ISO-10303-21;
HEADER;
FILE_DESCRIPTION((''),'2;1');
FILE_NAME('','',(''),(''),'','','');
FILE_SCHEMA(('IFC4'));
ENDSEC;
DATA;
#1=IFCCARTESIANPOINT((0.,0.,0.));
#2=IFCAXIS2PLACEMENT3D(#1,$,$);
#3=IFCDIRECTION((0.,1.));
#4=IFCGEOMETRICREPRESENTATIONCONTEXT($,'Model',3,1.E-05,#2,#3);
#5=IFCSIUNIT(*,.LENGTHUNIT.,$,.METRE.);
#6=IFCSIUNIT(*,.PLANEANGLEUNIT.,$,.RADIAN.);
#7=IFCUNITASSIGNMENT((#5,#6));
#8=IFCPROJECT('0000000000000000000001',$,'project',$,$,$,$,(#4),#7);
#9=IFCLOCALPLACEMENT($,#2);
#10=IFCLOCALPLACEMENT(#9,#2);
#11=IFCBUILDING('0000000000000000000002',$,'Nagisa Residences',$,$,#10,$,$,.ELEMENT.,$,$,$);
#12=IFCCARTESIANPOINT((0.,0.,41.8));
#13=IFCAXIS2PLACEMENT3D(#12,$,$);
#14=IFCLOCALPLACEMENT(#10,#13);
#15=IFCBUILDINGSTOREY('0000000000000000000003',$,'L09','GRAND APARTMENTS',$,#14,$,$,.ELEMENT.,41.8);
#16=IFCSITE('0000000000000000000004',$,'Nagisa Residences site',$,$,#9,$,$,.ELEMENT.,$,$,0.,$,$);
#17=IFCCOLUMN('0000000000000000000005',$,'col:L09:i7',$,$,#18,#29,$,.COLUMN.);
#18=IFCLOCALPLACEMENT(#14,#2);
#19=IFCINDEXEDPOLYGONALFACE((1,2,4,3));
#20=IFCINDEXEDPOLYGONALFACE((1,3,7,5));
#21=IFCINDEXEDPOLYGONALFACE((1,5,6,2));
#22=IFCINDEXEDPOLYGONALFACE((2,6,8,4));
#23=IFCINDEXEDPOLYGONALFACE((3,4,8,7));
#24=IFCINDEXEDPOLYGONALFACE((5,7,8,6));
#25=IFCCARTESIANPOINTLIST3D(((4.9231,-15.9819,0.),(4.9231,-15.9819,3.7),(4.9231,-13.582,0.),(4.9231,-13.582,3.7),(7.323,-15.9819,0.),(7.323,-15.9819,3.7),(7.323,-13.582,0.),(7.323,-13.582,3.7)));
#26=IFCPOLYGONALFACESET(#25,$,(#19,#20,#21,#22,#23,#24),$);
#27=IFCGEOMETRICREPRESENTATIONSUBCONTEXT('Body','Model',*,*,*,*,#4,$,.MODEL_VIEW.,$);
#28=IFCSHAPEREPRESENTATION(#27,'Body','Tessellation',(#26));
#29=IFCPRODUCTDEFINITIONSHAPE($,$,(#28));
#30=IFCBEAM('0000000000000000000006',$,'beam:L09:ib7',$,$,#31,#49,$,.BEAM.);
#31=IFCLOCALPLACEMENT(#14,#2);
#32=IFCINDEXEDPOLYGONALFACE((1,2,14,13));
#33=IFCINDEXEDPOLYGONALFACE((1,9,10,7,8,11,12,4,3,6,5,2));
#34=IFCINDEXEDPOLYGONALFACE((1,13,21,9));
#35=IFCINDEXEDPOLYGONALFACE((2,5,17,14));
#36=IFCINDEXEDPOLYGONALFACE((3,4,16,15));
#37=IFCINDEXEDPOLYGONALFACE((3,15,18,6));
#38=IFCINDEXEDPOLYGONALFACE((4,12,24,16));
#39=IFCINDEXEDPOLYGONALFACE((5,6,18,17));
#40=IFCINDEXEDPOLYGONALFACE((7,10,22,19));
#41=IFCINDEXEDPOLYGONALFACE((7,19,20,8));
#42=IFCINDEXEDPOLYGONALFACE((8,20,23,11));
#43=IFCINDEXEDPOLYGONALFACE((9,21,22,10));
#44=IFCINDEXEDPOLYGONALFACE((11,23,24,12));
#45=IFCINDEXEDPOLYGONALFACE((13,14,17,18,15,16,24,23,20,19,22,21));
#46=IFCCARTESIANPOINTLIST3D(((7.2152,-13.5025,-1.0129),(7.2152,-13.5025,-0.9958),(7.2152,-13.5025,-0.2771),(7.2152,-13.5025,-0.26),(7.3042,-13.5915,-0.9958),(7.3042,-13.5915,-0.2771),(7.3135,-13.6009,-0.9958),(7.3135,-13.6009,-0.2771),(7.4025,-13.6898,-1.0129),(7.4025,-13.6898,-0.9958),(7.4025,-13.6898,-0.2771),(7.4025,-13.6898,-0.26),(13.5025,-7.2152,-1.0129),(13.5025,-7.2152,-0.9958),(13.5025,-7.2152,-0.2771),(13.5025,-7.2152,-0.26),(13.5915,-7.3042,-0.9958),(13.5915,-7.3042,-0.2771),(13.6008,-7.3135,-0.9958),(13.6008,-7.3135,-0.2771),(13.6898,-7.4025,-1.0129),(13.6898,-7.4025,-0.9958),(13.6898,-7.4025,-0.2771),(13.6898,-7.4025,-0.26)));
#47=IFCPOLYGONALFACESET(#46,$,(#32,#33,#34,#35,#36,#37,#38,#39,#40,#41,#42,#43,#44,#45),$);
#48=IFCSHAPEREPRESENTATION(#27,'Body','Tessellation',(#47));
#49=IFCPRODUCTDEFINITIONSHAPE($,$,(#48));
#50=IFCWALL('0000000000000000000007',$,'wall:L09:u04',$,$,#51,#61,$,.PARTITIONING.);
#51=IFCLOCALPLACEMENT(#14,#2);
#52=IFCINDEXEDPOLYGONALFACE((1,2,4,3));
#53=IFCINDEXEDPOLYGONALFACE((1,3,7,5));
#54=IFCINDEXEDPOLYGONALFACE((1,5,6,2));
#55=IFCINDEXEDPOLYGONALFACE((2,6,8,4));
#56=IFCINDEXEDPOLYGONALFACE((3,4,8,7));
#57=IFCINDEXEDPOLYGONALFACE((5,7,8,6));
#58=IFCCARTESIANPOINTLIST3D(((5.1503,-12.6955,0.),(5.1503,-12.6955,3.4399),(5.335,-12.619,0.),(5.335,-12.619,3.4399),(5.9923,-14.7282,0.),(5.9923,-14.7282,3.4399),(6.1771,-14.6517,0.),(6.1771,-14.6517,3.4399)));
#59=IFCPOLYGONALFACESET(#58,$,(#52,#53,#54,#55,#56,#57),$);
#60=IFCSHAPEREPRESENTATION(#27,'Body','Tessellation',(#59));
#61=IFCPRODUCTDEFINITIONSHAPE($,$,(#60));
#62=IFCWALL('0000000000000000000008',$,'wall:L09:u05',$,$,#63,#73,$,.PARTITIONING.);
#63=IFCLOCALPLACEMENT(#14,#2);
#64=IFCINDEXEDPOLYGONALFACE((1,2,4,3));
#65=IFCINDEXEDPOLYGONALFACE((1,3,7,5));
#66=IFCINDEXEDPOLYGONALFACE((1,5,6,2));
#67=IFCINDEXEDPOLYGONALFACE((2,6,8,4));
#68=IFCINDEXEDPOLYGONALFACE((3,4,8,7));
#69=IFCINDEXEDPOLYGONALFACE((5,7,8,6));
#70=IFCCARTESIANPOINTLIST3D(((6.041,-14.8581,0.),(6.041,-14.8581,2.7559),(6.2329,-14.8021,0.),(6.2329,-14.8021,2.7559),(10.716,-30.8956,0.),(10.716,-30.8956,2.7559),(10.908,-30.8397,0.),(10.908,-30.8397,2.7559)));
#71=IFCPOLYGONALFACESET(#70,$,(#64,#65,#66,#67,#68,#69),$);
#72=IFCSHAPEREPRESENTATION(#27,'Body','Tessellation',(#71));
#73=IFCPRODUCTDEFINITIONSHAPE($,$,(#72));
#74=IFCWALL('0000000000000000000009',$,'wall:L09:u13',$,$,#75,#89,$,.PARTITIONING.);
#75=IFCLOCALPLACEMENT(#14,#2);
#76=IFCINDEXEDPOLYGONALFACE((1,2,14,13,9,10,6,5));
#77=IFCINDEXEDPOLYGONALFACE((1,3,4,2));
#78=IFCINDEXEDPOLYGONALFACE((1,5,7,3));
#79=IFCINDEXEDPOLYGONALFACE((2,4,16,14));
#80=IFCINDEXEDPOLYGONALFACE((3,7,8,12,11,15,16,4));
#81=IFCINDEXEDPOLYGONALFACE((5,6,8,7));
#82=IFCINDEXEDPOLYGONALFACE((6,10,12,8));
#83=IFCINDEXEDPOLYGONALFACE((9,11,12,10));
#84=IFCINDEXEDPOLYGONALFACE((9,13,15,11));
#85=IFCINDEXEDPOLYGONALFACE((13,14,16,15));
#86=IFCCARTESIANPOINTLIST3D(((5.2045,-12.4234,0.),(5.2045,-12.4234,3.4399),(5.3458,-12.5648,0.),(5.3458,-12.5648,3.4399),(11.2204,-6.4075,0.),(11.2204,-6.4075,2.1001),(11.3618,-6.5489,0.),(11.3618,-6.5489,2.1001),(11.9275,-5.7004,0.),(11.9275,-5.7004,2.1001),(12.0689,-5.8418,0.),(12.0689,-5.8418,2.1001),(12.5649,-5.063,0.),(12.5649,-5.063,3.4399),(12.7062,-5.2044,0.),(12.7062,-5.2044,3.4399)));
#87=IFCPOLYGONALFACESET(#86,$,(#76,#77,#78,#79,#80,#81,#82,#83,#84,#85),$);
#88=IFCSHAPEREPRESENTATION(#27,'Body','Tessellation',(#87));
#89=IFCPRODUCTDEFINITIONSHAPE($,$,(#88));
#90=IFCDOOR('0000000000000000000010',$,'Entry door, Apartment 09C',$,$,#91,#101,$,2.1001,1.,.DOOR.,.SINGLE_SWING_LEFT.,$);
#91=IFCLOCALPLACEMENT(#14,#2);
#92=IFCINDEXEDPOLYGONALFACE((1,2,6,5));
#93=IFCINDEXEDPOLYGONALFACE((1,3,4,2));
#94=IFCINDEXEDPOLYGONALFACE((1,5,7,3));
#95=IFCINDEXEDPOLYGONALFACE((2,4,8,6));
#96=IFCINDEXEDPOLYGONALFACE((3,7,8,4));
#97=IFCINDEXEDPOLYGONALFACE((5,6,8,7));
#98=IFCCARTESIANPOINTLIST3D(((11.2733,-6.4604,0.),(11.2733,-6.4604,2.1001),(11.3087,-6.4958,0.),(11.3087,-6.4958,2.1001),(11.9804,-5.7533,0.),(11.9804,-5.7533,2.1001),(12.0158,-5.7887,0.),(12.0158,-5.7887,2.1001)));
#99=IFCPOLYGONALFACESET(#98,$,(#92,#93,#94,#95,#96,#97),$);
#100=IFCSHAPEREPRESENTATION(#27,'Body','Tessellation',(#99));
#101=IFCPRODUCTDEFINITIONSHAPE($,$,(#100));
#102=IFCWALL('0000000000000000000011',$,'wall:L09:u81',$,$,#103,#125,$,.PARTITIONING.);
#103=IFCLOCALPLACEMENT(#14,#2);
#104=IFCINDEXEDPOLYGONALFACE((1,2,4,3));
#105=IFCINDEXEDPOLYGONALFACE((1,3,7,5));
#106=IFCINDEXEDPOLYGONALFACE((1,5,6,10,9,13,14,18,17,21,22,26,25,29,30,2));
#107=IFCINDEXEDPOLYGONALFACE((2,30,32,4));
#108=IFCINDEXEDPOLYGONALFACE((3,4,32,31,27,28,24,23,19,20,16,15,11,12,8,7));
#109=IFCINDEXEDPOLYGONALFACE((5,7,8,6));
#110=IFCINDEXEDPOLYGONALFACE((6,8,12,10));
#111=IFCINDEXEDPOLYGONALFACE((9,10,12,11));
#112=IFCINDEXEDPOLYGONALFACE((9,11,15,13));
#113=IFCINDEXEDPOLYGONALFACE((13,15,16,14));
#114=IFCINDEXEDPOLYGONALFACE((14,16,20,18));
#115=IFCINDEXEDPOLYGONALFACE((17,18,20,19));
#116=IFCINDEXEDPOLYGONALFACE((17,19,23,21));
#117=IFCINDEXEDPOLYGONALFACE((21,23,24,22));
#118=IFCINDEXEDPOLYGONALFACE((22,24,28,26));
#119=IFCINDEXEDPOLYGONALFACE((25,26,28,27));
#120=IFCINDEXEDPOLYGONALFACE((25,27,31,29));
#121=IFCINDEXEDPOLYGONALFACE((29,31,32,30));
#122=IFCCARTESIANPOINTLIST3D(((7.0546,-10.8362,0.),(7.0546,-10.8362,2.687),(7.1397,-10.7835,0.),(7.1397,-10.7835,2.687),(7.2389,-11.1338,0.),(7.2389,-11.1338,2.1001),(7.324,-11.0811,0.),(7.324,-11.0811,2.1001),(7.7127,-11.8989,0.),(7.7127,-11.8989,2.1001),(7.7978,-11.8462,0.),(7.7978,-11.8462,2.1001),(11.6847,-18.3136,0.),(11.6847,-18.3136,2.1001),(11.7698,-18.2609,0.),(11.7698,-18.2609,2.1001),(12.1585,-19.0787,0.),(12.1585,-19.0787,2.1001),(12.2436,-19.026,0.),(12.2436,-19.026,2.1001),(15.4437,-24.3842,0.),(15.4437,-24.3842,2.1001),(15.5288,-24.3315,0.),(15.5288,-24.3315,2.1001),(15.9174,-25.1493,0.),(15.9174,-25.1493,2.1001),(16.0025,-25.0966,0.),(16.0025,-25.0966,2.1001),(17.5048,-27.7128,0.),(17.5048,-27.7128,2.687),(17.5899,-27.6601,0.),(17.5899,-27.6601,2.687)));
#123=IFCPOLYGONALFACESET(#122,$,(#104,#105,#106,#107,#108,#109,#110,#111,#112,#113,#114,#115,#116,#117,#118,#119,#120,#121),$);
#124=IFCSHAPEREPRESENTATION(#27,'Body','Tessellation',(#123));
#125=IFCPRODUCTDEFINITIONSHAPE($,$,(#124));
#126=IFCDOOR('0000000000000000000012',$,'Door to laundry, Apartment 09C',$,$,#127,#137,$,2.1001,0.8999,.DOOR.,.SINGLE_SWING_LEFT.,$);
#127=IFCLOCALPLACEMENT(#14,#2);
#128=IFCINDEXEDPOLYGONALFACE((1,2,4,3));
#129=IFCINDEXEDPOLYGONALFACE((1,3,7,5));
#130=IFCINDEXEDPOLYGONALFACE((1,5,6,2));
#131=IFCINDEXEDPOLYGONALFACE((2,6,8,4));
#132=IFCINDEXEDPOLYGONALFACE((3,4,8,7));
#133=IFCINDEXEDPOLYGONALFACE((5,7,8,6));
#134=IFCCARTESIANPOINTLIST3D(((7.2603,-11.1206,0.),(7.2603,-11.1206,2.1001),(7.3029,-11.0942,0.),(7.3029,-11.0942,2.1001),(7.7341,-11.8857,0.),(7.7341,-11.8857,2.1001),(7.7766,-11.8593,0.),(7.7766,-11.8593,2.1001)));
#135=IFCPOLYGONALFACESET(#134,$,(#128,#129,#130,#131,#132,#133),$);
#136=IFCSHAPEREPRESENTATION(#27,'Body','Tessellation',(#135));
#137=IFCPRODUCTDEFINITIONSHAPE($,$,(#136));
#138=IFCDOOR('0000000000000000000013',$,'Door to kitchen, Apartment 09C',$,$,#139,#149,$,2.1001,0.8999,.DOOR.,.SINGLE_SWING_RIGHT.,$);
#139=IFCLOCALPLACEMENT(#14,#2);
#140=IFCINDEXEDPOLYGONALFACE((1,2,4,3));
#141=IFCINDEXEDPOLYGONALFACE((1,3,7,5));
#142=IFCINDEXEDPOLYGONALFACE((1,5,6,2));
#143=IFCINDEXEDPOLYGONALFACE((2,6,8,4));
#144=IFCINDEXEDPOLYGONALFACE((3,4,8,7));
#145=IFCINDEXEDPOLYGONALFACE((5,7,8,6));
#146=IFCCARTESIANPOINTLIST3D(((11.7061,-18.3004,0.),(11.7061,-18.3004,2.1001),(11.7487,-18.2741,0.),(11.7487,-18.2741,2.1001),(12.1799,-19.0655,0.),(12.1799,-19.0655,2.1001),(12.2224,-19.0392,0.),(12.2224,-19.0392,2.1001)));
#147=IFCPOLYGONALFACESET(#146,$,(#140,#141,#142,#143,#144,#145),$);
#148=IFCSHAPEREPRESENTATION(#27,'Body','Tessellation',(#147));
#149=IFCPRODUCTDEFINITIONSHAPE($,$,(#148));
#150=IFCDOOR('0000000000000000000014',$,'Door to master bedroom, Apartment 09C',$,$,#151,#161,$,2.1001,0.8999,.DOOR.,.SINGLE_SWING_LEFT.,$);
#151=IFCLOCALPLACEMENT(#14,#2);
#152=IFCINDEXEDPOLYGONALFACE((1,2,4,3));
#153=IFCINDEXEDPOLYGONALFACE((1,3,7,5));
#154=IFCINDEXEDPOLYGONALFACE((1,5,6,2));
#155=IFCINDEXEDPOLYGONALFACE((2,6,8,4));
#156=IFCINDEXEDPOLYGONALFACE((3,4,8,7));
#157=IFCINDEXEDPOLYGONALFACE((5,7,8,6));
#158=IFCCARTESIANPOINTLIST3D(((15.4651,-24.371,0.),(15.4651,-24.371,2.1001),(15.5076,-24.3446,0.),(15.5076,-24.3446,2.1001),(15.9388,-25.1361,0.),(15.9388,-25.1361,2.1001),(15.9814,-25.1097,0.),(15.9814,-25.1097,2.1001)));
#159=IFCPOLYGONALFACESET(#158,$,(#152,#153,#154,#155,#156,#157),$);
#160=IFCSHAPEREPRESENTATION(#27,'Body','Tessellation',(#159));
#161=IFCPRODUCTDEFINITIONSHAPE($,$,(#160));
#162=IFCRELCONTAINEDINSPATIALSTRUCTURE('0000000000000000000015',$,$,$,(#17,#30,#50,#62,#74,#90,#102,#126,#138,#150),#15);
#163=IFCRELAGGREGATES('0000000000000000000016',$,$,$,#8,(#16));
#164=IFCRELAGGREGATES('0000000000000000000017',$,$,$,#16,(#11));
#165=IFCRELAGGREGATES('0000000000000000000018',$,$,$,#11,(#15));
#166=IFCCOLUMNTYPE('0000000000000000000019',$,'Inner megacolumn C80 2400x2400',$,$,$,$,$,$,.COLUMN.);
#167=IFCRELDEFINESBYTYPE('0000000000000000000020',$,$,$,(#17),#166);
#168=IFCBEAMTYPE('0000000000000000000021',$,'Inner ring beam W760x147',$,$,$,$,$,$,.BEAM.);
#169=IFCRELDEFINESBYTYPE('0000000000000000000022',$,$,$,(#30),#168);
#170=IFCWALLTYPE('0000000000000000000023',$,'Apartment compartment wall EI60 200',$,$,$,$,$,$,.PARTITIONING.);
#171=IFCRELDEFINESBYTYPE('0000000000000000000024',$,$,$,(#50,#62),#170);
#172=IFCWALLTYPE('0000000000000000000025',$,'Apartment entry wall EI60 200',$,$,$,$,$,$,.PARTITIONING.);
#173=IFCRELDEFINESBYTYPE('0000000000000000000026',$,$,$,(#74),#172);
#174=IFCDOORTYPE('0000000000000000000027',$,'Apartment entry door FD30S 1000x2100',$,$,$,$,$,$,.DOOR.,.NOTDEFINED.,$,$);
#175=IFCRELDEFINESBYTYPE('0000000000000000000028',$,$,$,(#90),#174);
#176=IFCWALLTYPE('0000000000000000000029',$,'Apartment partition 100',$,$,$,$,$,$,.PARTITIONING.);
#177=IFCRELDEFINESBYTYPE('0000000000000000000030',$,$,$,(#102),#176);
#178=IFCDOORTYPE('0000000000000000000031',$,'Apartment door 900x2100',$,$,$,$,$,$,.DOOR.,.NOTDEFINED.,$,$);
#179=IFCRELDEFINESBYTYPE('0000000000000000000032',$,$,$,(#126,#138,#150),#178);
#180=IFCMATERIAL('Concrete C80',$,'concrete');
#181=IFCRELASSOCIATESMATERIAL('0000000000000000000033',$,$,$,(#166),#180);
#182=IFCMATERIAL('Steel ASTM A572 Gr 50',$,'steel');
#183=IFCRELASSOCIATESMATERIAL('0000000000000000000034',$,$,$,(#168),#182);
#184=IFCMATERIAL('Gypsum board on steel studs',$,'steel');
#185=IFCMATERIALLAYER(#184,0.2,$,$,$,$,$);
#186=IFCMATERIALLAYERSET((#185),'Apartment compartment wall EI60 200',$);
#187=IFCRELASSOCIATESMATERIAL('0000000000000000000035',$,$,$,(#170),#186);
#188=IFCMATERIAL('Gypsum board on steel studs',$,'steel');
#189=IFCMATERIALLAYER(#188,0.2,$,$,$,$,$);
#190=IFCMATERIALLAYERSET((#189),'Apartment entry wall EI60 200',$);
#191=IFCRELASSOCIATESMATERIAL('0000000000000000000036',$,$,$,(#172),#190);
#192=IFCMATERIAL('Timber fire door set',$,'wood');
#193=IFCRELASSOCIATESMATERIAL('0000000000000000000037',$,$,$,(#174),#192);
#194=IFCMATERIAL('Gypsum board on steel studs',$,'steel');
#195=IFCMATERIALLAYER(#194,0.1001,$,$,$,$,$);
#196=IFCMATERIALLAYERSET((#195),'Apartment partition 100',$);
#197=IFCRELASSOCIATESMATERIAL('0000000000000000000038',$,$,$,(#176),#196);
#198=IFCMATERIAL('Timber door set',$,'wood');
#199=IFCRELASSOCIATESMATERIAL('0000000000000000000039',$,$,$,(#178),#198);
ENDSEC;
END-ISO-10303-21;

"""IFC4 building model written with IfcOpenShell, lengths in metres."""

from ifc_helpers import new_model, si_unit, direction, frame, frame_2d, origin, origin_2d, place, context, subcontext, project, spatial, rectangle, i_section, extrude, material, layer, layer_set, material_profile, profile_set, type_object, element, fill, save


model = new_model("IFC4")

# Units and contexts
model_context = context("Model", 3, precision=1e-05, world=origin(), true_north=direction((0.0, 1.0)))
body_context = subcontext(model_context, "Body", "Model", "MODEL_VIEW")
ifc_project = project(units=[si_unit("LENGTHUNIT", "METRE"), si_unit("PLANEANGLEUNIT", "RADIAN")], contexts=[model_context])

# Site, building, storey
site_placement = place(None, origin())
site = spatial("IfcSite", under=ifc_project, at=site_placement, Name="Nagisa Residences site", CompositionType="ELEMENT", RefElevation=0.0)
building_placement = place(site_placement, origin())
building = spatial("IfcBuilding", under=site, at=building_placement, Name="Nagisa Residences", CompositionType="ELEMENT")
storey_placement = place(building_placement, frame((0.0, 0.0, 41.8)))
storey = spatial("IfcBuildingStorey", under=building, at=storey_placement, Name="L09", Description="GRAND APARTMENTS", CompositionType="ELEMENT", Elevation=41.8)

# Column
ifc_material_1 = material(Name="Concrete C80", Category="concrete")
ifc_material_profile_1 = material_profile(ifc_material_1, rectangle(XDim=2.3999, YDim=2.3999, at=origin_2d()), Name="C80 2400x2400")
ifc_profile_set_1 = profile_set([ifc_material_profile_1], Name="Concrete C80")
column_type = type_object("IfcColumnType", Name="Inner megacolumn C80 2400x2400", PredefinedType="COLUMN", material=ifc_profile_set_1)
column_placement = place(storey_placement, frame((6.123, -14.782, 0.0), z_axis=(0.0, 0.0, 1.0), x_axis=(1.0, 0.0, 0.0)))
element("IfcColumn", 1, at=column_placement, inside=storey, type_object=column_type, Name="col:L09:i7", PredefinedType="COLUMN", context=body_context, shape_type="SweptSolid", body=[
    extrude(rectangle(XDim=2.3999, YDim=2.3999, at=origin_2d()), origin(), (0.0, 0.0, 1.0), 3.7),
])

# Beam
ifc_material_2 = material(Name="Steel ASTM A572 Gr 50", Category="steel")
ifc_material_profile_2 = material_profile(ifc_material_2, i_section(OverallWidth=0.2649, OverallDepth=0.7529, WebThickness=0.0132, FlangeThickness=0.0171, at=origin_2d()), Name="W760x147")
ifc_profile_set_2 = profile_set([ifc_material_profile_2], Name="Steel ASTM A572 Gr 50")
beam_type = type_object("IfcBeamType", Name="Inner ring beam W760x147", PredefinedType="BEAM", material=ifc_profile_set_2)
beam_placement = place(storey_placement, frame((7.3088, -13.5962, -0.6365), z_axis=(0.707107, 0.707107, 0.0), x_axis=(-0.707107, 0.707107, 0.0)))
element("IfcBeam", 2, at=beam_placement, inside=storey, type_object=beam_type, Name="beam:L09:ib7", PredefinedType="BEAM", context=body_context, shape_type="SweptSolid", body=[
    extrude(i_section(OverallWidth=0.2649, OverallDepth=0.7529, WebThickness=0.0132, FlangeThickness=0.0171, at=origin_2d()), origin(), (0.0, 0.0, 1.0), 8.8916),
])

# Walls
ifc_material_3 = material(Name="Gypsum board on steel studs", Category="steel")
ifc_layer_1 = layer(ifc_material_3, 0.2)
ifc_layer_set_1 = layer_set([ifc_layer_1], Name="Apartment compartment wall EI60 200")
wall_type_1 = type_object("IfcWallType", Name="Apartment compartment wall EI60 200", PredefinedType="PARTITIONING", material=ifc_layer_set_1)
wall_1_placement = place(storey_placement, frame((5.2427, -12.6572, 0.0), z_axis=(0.0, 0.0, 1.0), x_axis=(0.382708, -0.923869, 0.0)))
element("IfcWall", 3, at=wall_1_placement, inside=storey, type_object=wall_type_1, Name="wall:L09:u04", PredefinedType="PARTITIONING", context=body_context, shape_type="SweptSolid", body=[
    extrude(rectangle(XDim=2.2002, YDim=0.2, at=frame_2d((1.1001, 0.0))), origin(), (0.0, 0.0, 1.0), 3.4399),
])
wall_2_placement = place(storey_placement, frame((6.137, -14.8301, 0.0), z_axis=(0.0, 0.0, 1.0), x_axis=(0.279857, -0.960042, 0.0)))
element("IfcWall", 4, at=wall_2_placement, inside=storey, type_object=wall_type_1, Name="wall:L09:u05", PredefinedType="PARTITIONING", context=body_context, shape_type="SweptSolid", body=[
    extrude(rectangle(XDim=16.7051, YDim=0.2, at=frame_2d((8.3525, 0.0))), origin(), (0.0, 0.0, 1.0), 2.7559),
])

# Wall, opening, door
ifc_material_4 = material(Name="Gypsum board on steel studs", Category="steel")
ifc_layer_2 = layer(ifc_material_4, 0.2)
ifc_layer_set_2 = layer_set([ifc_layer_2], Name="Apartment entry wall EI60 200")
wall_type_2 = type_object("IfcWallType", Name="Apartment entry wall EI60 200", PredefinedType="PARTITIONING", material=ifc_layer_set_2)
wall_3_placement = place(storey_placement, frame((5.2751, -12.4941, 0.0), z_axis=(0.0, 0.0, 1.0), x_axis=(0.707107, 0.707107, 0.0)))
wall_3 = element("IfcWall", 5, at=wall_3_placement, inside=storey, type_object=wall_type_2, Name="wall:L09:u13", PredefinedType="PARTITIONING", context=body_context, shape_type="SweptSolid", body=[
    extrude(rectangle(XDim=10.4092, YDim=0.2, at=frame_2d((5.2046, 0.0))), origin(), (0.0, 0.0, 1.0), 3.4399),
])
opening_1_placement = place(wall_3_placement, frame((8.5078, 0.0, 0.0)))
opening_1 = element("IfcOpeningElement", 6, at=opening_1_placement, cuts=wall_3, PredefinedType="OPENING", context=body_context, shape_type="SweptSolid", body=[
    extrude(rectangle(XDim=1.0, YDim=2.1001, at=frame_2d((0.5, 1.05))), frame((0.0, 0.1099, 0.0), z_axis=(0.0, -1.0, 0.0), x_axis=(1.0, 0.0, 0.0)), (0.0, 0.0, 1.0), 0.22),
])
ifc_material_5 = material(Name="Timber fire door set", Category="wood")
door_type_1 = type_object("IfcDoorType", Name="Apartment entry door FD30S 1000x2100", OperationType="NOTDEFINED", PredefinedType="DOOR", material=ifc_material_5)
door_1_placement = place(opening_1_placement, frame((1.0, 0.0, 0.0), x_axis=(-1.0, 0.0, 0.0)))
door_1 = element("IfcDoor", 7, at=door_1_placement, inside=storey, type_object=door_type_1, Name="Entry door, Apartment 09C", OperationType="SINGLE_SWING_LEFT", OverallHeight=2.1001, OverallWidth=1.0, PredefinedType="DOOR", context=body_context, shape_type="SweptSolid", body=[
    extrude(rectangle(XDim=1.0, YDim=2.1001, at=frame_2d((0.5, 1.05))), frame((0.0, 0.0249, 0.0), z_axis=(0.0, -1.0, 0.0), x_axis=(1.0, 0.0, 0.0)), (0.0, 0.0, 1.0), 0.05),
])
fill(opening_1, door_1)

# Wall, openings, doors
ifc_material_6 = material(Name="Gypsum board on steel studs", Category="steel")
ifc_layer_3 = layer(ifc_material_6, 0.1001)
ifc_layer_set_3 = layer_set([ifc_layer_3], Name="Apartment partition 100")
wall_type_3 = type_object("IfcWallType", Name="Apartment partition 100", PredefinedType="PARTITIONING", material=ifc_layer_set_3)
wall_4_placement = place(storey_placement, frame((7.0972, -10.8098, 0.0), z_axis=(0.0, 0.0, 1.0), x_axis=(0.526453, -0.850204, 0.0)))
wall_4 = element("IfcWall", 8, at=wall_4_placement, inside=storey, type_object=wall_type_3, Name="wall:L09:u81", PredefinedType="PARTITIONING", context=body_context, shape_type="SweptSolid", body=[
    extrude(rectangle(XDim=19.8501, YDim=0.1001, at=frame_2d((9.925, 0.0))), origin(), (0.0, 0.0, 1.0), 2.687),
])
opening_2_placement = place(wall_4_placement, frame((0.3501, 0.0, 0.0)))
opening_2 = element("IfcOpeningElement", 9, at=opening_2_placement, cuts=wall_4, PredefinedType="OPENING", context=body_context, shape_type="SweptSolid", body=[
    extrude(rectangle(XDim=0.8999, YDim=2.1001, at=frame_2d((0.45, 1.05))), frame((0.0, 0.0601, 0.0), z_axis=(0.0, -1.0, 0.0), x_axis=(1.0, 0.0, 0.0)), (0.0, 0.0, 1.0), 0.1201),
])
opening_3_placement = place(wall_4_placement, frame((8.7949, 0.0, 0.0)))
opening_3 = element("IfcOpeningElement", 10, at=opening_3_placement, cuts=wall_4, PredefinedType="OPENING", context=body_context, shape_type="SweptSolid", body=[
    extrude(rectangle(XDim=0.8999, YDim=2.1001, at=frame_2d((0.45, 1.05))), frame((0.0, 0.0601, 0.0), z_axis=(0.0, -1.0, 0.0), x_axis=(1.0, 0.0, 0.0)), (0.0, 0.0, 1.0), 0.1201),
])
opening_4_placement = place(wall_4_placement, frame((15.9351, 0.0, 0.0)))
opening_4 = element("IfcOpeningElement", 11, at=opening_4_placement, cuts=wall_4, PredefinedType="OPENING", context=body_context, shape_type="SweptSolid", body=[
    extrude(rectangle(XDim=0.8999, YDim=2.1001, at=frame_2d((0.45, 1.05))), frame((0.0, 0.0601, 0.0), z_axis=(0.0, -1.0, 0.0), x_axis=(1.0, 0.0, 0.0)), (0.0, 0.0, 1.0), 0.1201),
])
ifc_material_7 = material(Name="Timber door set", Category="wood")
door_type_2 = type_object("IfcDoorType", Name="Apartment door 900x2100", OperationType="NOTDEFINED", PredefinedType="DOOR", material=ifc_material_7)
door_2_placement = place(opening_2_placement, frame((0.8999, 0.0, 0.0), x_axis=(-1.0, 0.0, 0.0)))
door_2 = element("IfcDoor", 12, at=door_2_placement, inside=storey, type_object=door_type_2, Name="Door to laundry, Apartment 09C", OperationType="SINGLE_SWING_LEFT", OverallHeight=2.1001, OverallWidth=0.8999, PredefinedType="DOOR", context=body_context, shape_type="SweptSolid", body=[
    extrude(rectangle(XDim=0.8999, YDim=2.1001, at=frame_2d((0.45, 1.05))), frame((0.0, 0.0249, 0.0), z_axis=(0.0, -1.0, 0.0), x_axis=(1.0, 0.0, 0.0)), (0.0, 0.0, 1.0), 0.05),
])
fill(opening_2, door_2)
door_3_placement = place(opening_3_placement, frame((0.8999, 0.0, 0.0), x_axis=(-1.0, 0.0, 0.0)))
door_3 = element("IfcDoor", 13, at=door_3_placement, inside=storey, type_object=door_type_2, Name="Door to kitchen, Apartment 09C", OperationType="SINGLE_SWING_RIGHT", OverallHeight=2.1001, OverallWidth=0.8999, PredefinedType="DOOR", context=body_context, shape_type="SweptSolid", body=[
    extrude(rectangle(XDim=0.8999, YDim=2.1001, at=frame_2d((0.45, 1.05))), frame((0.0, 0.0249, 0.0), z_axis=(0.0, -1.0, 0.0), x_axis=(1.0, 0.0, 0.0)), (0.0, 0.0, 1.0), 0.05),
])
fill(opening_3, door_3)
door_4_placement = place(opening_4_placement, frame((0.8999, 0.0, 0.0), x_axis=(-1.0, 0.0, 0.0)))
door_4 = element("IfcDoor", 14, at=door_4_placement, inside=storey, type_object=door_type_2, Name="Door to master bedroom, Apartment 09C", OperationType="SINGLE_SWING_LEFT", OverallHeight=2.1001, OverallWidth=0.8999, PredefinedType="DOOR", context=body_context, shape_type="SweptSolid", body=[
    extrude(rectangle(XDim=0.8999, YDim=2.1001, at=frame_2d((0.45, 1.05))), frame((0.0, 0.0249, 0.0), z_axis=(0.0, -1.0, 0.0), x_axis=(1.0, 0.0, 0.0)), (0.0, 0.0, 1.0), 0.05),
])
fill(opening_4, door_4)

save(model, "model.ifc")
